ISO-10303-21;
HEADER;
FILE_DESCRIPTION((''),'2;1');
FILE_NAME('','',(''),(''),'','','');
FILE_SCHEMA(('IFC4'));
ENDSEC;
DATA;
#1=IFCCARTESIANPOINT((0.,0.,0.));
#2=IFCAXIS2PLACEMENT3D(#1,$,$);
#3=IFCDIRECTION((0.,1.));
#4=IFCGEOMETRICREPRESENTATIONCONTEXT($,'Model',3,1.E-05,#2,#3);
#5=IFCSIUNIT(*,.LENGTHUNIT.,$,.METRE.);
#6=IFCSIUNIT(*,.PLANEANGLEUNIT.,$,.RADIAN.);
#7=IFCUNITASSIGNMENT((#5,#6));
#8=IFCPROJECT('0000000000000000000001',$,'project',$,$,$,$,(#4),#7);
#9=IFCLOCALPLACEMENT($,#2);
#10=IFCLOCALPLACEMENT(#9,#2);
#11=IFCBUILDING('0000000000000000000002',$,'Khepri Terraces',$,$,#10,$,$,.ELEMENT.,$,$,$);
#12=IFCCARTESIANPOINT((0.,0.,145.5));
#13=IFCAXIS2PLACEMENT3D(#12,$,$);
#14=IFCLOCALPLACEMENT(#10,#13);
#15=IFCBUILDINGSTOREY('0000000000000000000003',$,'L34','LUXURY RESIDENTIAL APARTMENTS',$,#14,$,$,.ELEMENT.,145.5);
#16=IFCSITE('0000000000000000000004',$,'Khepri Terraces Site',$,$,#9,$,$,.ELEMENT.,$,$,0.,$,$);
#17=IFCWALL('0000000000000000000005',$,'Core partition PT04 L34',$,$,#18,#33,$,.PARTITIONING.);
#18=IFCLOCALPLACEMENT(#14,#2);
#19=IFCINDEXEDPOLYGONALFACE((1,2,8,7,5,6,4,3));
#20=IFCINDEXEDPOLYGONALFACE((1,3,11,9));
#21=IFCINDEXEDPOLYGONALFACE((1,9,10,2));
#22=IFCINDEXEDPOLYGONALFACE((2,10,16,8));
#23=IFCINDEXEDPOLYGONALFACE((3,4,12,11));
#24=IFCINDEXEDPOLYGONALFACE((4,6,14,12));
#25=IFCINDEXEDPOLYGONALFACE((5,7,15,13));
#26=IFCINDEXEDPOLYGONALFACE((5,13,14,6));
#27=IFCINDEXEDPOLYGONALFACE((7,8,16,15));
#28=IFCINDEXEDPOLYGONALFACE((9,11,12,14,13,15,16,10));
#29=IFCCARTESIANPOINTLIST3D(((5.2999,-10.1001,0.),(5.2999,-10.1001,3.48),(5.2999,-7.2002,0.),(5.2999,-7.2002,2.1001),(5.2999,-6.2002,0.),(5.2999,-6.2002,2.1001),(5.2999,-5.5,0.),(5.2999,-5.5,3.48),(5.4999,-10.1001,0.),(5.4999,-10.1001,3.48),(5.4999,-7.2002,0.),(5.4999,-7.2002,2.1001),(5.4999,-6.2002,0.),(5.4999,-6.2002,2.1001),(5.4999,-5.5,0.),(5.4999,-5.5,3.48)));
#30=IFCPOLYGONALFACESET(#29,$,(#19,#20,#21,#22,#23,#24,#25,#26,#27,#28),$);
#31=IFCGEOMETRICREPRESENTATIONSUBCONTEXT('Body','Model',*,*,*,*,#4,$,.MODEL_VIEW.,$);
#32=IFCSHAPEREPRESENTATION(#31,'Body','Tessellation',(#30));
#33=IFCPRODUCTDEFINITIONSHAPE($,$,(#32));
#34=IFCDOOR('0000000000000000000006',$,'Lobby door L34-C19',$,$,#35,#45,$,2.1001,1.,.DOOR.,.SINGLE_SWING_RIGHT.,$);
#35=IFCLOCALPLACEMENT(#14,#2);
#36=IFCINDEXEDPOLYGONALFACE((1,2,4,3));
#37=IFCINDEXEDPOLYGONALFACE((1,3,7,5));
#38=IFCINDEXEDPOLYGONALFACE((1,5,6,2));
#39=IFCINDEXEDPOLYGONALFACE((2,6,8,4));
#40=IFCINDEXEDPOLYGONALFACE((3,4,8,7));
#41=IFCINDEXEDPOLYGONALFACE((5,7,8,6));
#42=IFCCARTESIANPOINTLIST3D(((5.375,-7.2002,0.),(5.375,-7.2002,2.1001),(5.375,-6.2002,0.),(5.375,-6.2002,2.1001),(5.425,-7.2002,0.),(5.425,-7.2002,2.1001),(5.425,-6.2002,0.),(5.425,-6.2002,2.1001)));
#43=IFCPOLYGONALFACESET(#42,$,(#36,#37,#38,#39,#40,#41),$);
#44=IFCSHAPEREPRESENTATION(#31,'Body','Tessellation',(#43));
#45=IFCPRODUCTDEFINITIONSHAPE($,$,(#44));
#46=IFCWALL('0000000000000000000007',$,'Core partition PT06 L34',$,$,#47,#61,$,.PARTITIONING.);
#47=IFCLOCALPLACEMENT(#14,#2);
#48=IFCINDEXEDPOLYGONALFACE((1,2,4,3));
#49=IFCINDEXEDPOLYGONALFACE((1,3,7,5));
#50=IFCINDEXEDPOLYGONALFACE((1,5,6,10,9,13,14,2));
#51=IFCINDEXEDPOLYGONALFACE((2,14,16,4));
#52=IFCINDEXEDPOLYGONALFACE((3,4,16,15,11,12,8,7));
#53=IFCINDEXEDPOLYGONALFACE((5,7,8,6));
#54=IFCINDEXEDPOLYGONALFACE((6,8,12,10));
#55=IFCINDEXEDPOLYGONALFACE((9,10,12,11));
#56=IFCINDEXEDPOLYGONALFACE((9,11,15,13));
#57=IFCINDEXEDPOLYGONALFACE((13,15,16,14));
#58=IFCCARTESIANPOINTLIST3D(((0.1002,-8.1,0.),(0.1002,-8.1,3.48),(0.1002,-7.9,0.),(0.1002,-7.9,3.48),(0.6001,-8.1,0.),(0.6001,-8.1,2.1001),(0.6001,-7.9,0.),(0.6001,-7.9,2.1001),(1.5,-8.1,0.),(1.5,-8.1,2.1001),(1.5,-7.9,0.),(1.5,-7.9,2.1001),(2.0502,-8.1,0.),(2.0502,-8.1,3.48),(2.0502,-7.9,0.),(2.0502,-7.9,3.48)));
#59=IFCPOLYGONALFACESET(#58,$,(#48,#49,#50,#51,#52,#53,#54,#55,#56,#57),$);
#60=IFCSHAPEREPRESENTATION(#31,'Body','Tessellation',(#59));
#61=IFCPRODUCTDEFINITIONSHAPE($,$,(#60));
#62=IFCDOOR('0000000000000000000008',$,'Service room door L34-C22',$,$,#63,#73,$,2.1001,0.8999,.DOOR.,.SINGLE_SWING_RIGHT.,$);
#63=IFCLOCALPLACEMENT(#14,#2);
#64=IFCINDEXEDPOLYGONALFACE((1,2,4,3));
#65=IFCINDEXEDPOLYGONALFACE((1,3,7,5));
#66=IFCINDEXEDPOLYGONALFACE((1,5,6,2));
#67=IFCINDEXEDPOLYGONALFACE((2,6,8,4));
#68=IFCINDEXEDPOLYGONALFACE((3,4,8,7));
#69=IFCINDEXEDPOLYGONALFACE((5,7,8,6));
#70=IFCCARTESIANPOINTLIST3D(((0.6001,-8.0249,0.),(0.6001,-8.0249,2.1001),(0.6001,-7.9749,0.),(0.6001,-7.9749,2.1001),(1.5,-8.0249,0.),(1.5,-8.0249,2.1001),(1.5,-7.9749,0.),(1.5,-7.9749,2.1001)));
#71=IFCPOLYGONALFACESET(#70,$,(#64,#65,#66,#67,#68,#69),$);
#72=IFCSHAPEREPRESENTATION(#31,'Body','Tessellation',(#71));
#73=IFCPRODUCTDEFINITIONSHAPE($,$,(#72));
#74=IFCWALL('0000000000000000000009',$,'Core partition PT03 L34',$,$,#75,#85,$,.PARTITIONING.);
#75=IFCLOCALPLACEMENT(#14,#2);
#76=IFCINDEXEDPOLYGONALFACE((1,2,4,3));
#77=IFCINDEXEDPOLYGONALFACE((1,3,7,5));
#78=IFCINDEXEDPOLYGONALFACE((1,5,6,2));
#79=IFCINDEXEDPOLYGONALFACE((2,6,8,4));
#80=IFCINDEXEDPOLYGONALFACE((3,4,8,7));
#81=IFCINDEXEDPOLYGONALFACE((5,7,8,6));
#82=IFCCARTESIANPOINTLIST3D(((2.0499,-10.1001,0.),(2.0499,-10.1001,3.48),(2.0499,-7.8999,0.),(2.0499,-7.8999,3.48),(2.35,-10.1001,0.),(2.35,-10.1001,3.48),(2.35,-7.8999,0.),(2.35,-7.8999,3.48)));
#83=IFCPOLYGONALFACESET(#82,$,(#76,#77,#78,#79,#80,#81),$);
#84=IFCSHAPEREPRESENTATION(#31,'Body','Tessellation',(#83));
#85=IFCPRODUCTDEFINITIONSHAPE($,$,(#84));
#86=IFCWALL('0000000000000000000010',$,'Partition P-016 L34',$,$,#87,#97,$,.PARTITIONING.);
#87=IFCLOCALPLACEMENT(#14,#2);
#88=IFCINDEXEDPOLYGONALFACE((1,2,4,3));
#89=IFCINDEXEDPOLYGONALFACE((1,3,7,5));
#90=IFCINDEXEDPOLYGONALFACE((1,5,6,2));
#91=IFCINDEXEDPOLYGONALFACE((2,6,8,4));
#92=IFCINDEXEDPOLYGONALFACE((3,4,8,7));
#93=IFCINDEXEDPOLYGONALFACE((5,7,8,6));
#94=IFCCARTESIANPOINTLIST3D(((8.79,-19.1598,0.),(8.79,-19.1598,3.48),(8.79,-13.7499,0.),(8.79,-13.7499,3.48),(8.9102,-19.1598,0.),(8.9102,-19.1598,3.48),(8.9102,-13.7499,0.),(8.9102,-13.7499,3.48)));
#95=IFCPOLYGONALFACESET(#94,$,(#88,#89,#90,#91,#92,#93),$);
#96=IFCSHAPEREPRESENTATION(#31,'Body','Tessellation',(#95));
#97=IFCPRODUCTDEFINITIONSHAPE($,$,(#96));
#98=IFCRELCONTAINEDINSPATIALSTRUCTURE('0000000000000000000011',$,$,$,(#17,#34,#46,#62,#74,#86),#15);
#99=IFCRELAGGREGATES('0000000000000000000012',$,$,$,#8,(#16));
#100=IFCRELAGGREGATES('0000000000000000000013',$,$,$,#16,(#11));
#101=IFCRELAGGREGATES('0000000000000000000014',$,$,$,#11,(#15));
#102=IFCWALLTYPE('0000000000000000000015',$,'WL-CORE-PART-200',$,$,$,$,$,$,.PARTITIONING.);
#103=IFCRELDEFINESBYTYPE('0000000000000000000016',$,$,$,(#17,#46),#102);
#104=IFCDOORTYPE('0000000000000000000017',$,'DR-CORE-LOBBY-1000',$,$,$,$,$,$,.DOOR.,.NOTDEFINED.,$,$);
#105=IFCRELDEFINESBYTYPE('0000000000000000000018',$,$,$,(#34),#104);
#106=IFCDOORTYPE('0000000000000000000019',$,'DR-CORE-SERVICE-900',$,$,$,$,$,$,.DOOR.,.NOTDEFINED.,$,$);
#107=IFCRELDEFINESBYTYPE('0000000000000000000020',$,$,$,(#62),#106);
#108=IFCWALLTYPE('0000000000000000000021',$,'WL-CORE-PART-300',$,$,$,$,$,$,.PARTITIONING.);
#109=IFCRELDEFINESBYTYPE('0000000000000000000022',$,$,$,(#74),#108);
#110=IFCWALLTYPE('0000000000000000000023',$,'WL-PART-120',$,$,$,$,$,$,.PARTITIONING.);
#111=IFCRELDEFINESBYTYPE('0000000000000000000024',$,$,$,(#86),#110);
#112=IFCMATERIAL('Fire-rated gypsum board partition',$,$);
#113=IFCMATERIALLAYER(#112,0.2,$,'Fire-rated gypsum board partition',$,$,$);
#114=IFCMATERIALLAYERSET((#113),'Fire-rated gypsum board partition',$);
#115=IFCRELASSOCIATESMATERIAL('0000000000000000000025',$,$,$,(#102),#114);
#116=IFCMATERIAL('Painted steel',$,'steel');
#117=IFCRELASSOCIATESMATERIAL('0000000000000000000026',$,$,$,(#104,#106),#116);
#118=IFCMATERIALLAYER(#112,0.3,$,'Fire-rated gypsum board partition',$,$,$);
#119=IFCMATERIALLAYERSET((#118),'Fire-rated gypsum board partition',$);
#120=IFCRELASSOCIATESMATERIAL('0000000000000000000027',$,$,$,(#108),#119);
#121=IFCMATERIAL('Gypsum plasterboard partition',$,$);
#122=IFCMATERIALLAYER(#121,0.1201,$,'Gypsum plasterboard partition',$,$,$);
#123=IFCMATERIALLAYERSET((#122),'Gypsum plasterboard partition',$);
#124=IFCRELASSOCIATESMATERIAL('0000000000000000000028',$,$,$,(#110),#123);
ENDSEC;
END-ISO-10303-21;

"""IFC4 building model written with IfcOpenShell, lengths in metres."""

from ifc_helpers import new_model, si_unit, direction, frame, frame_2d, origin, place, context, subcontext, project, spatial, rectangle, extrude, material, layer, layer_set, type_object, element, fill, save


model = new_model("IFC4")

# Units and contexts
model_context = context("Model", 3, precision=1e-05, world=origin(), true_north=direction((0.0, 1.0)))
body_context = subcontext(model_context, "Body", "Model", "MODEL_VIEW")
ifc_project = project(units=[si_unit("LENGTHUNIT", "METRE"), si_unit("PLANEANGLEUNIT", "RADIAN")], contexts=[model_context])

# Site, building, storey
site_placement = place(None, origin())
site = spatial("IfcSite", under=ifc_project, at=site_placement, Name="Khepri Terraces Site", CompositionType="ELEMENT", RefElevation=0.0)
building_placement = place(site_placement, origin())
building = spatial("IfcBuilding", under=site, at=building_placement, Name="Khepri Terraces", CompositionType="ELEMENT")
storey_placement = place(building_placement, frame((0.0, 0.0, 145.5)))
storey = spatial("IfcBuildingStorey", under=building, at=storey_placement, Name="L34", Description="LUXURY RESIDENTIAL APARTMENTS", CompositionType="ELEMENT", Elevation=145.5)

# Shared definitions
ifc_material_1 = material(Name="Fire-rated gypsum board partition")
ifc_layer_1 = layer(ifc_material_1, 0.2, Name="Fire-rated gypsum board partition")
ifc_layer_set_1 = layer_set([ifc_layer_1], Name="Fire-rated gypsum board partition")
wall_type_1 = type_object("IfcWallType", Name="WL-CORE-PART-200", PredefinedType="PARTITIONING", material=ifc_layer_set_1)

# Walls, openings, doors
wall_1_placement = place(storey_placement, frame((5.3999, -10.1001, 0.0), z_axis=(0.0, 0.0, 1.0), x_axis=(0.0, 1.0, 0.0)))
wall_1 = element("IfcWall", 1, at=wall_1_placement, inside=storey, type_object=wall_type_1, Name="Core partition PT04 L34", PredefinedType="PARTITIONING", context=body_context, shape_type="SweptSolid", body=[
    extrude(rectangle(XDim=4.6001, YDim=0.2, at=frame_2d((2.3, 0.0))), origin(), (0.0, 0.0, 1.0), 3.48),
])
opening_1_placement = place(wall_1_placement, frame((2.8999, 0.0, 0.0)))
opening_1 = element("IfcOpeningElement", 2, at=opening_1_placement, cuts=wall_1, PredefinedType="OPENING", context=body_context, shape_type="SweptSolid", body=[
    extrude(rectangle(XDim=1.0, YDim=2.1001, at=frame_2d((0.5, 1.05))), frame((0.0, 0.1099, 0.0), z_axis=(0.0, -1.0, 0.0), x_axis=(1.0, 0.0, 0.0)), (0.0, 0.0, 1.0), 0.22),
])
ifc_material_2 = material(Name="Painted steel", Category="steel")
door_type_1 = type_object("IfcDoorType", Name="DR-CORE-LOBBY-1000", OperationType="NOTDEFINED", PredefinedType="DOOR", material=ifc_material_2)
door_1_placement = place(opening_1_placement, origin())
door_1 = element("IfcDoor", 3, at=door_1_placement, inside=storey, type_object=door_type_1, Name="Lobby door L34-C19", OperationType="SINGLE_SWING_RIGHT", OverallHeight=2.1001, OverallWidth=1.0, PredefinedType="DOOR", context=body_context, shape_type="SweptSolid", body=[
    extrude(rectangle(XDim=1.0, YDim=2.1001, at=frame_2d((0.5, 1.05))), frame((0.0, 0.0249, 0.0), z_axis=(0.0, -1.0, 0.0), x_axis=(1.0, 0.0, 0.0)), (0.0, 0.0, 1.0), 0.05),
])
fill(opening_1, door_1)
wall_2_placement = place(storey_placement, frame((0.1001, -8.0, 0.0), z_axis=(0.0, 0.0, 1.0), x_axis=(1.0, 0.0, 0.0)))
wall_2 = element("IfcWall", 4, at=wall_2_placement, inside=storey, type_object=wall_type_1, Name="Core partition PT06 L34", PredefinedType="PARTITIONING", context=body_context, shape_type="SweptSolid", body=[
    extrude(rectangle(XDim=1.95, YDim=0.2, at=frame_2d((0.9751, 0.0))), origin(), (0.0, 0.0, 1.0), 3.48),
])
opening_2_placement = place(wall_2_placement, frame((0.5, 0.0, 0.0)))
opening_2 = element("IfcOpeningElement", 5, at=opening_2_placement, cuts=wall_2, PredefinedType="OPENING", context=body_context, shape_type="SweptSolid", body=[
    extrude(rectangle(XDim=0.8999, YDim=2.1001, at=frame_2d((0.45, 1.05))), frame((0.0, 0.1099, 0.0), z_axis=(0.0, -1.0, 0.0), x_axis=(1.0, 0.0, 0.0)), (0.0, 0.0, 1.0), 0.22),
])
door_type_2 = type_object("IfcDoorType", Name="DR-CORE-SERVICE-900", OperationType="NOTDEFINED", PredefinedType="DOOR", material=ifc_material_2)
door_2_placement = place(opening_2_placement, frame((0.8999, 0.0, 0.0), z_axis=(0.0, 0.0, 1.0), x_axis=(-1.0, 0.0, 0.0)))
door_2 = element("IfcDoor", 6, at=door_2_placement, inside=storey, type_object=door_type_2, Name="Service room door L34-C22", OperationType="SINGLE_SWING_RIGHT", OverallHeight=2.1001, OverallWidth=0.8999, PredefinedType="DOOR", context=body_context, shape_type="SweptSolid", body=[
    extrude(rectangle(XDim=0.8999, YDim=2.1001, at=frame_2d((0.45, 1.05))), frame((0.0, 0.0249, 0.0), z_axis=(0.0, -1.0, 0.0), x_axis=(1.0, 0.0, 0.0)), (0.0, 0.0, 1.0), 0.05),
])
fill(opening_2, door_2)

# Walls
ifc_layer_2 = layer(ifc_material_1, 0.3, Name="Fire-rated gypsum board partition")
ifc_layer_set_2 = layer_set([ifc_layer_2], Name="Fire-rated gypsum board partition")
wall_type_2 = type_object("IfcWallType", Name="WL-CORE-PART-300", PredefinedType="PARTITIONING", material=ifc_layer_set_2)
wall_3_placement = place(storey_placement, frame((2.2, -10.1001, 0.0), z_axis=(0.0, 0.0, 1.0), x_axis=(0.0, 1.0, 0.0)))
element("IfcWall", 7, at=wall_3_placement, inside=storey, type_object=wall_type_2, Name="Core partition PT03 L34", PredefinedType="PARTITIONING", context=body_context, shape_type="SweptSolid", body=[
    extrude(rectangle(XDim=2.2002, YDim=0.3, at=frame_2d((1.1001, 0.0))), origin(), (0.0, 0.0, 1.0), 3.48),
])
ifc_material_3 = material(Name="Gypsum plasterboard partition")
ifc_layer_3 = layer(ifc_material_3, 0.1201, Name="Gypsum plasterboard partition")
ifc_layer_set_3 = layer_set([ifc_layer_3], Name="Gypsum plasterboard partition")
wall_type_3 = type_object("IfcWallType", Name="WL-PART-120", PredefinedType="PARTITIONING", material=ifc_layer_set_3)
wall_4_placement = place(storey_placement, frame((8.8501, -19.1599, 0.0), z_axis=(0.0, 0.0, 1.0), x_axis=(0.0, 1.0, 0.0)))
element("IfcWall", 8, at=wall_4_placement, inside=storey, type_object=wall_type_3, Name="Partition P-016 L34", PredefinedType="PARTITIONING", context=body_context, shape_type="SweptSolid", body=[
    extrude(rectangle(XDim=5.4099, YDim=0.1201, at=frame_2d((2.7051, 0.0))), origin(), (0.0, 0.0, 1.0), 3.48),
])

save(model, "model.ifc")
